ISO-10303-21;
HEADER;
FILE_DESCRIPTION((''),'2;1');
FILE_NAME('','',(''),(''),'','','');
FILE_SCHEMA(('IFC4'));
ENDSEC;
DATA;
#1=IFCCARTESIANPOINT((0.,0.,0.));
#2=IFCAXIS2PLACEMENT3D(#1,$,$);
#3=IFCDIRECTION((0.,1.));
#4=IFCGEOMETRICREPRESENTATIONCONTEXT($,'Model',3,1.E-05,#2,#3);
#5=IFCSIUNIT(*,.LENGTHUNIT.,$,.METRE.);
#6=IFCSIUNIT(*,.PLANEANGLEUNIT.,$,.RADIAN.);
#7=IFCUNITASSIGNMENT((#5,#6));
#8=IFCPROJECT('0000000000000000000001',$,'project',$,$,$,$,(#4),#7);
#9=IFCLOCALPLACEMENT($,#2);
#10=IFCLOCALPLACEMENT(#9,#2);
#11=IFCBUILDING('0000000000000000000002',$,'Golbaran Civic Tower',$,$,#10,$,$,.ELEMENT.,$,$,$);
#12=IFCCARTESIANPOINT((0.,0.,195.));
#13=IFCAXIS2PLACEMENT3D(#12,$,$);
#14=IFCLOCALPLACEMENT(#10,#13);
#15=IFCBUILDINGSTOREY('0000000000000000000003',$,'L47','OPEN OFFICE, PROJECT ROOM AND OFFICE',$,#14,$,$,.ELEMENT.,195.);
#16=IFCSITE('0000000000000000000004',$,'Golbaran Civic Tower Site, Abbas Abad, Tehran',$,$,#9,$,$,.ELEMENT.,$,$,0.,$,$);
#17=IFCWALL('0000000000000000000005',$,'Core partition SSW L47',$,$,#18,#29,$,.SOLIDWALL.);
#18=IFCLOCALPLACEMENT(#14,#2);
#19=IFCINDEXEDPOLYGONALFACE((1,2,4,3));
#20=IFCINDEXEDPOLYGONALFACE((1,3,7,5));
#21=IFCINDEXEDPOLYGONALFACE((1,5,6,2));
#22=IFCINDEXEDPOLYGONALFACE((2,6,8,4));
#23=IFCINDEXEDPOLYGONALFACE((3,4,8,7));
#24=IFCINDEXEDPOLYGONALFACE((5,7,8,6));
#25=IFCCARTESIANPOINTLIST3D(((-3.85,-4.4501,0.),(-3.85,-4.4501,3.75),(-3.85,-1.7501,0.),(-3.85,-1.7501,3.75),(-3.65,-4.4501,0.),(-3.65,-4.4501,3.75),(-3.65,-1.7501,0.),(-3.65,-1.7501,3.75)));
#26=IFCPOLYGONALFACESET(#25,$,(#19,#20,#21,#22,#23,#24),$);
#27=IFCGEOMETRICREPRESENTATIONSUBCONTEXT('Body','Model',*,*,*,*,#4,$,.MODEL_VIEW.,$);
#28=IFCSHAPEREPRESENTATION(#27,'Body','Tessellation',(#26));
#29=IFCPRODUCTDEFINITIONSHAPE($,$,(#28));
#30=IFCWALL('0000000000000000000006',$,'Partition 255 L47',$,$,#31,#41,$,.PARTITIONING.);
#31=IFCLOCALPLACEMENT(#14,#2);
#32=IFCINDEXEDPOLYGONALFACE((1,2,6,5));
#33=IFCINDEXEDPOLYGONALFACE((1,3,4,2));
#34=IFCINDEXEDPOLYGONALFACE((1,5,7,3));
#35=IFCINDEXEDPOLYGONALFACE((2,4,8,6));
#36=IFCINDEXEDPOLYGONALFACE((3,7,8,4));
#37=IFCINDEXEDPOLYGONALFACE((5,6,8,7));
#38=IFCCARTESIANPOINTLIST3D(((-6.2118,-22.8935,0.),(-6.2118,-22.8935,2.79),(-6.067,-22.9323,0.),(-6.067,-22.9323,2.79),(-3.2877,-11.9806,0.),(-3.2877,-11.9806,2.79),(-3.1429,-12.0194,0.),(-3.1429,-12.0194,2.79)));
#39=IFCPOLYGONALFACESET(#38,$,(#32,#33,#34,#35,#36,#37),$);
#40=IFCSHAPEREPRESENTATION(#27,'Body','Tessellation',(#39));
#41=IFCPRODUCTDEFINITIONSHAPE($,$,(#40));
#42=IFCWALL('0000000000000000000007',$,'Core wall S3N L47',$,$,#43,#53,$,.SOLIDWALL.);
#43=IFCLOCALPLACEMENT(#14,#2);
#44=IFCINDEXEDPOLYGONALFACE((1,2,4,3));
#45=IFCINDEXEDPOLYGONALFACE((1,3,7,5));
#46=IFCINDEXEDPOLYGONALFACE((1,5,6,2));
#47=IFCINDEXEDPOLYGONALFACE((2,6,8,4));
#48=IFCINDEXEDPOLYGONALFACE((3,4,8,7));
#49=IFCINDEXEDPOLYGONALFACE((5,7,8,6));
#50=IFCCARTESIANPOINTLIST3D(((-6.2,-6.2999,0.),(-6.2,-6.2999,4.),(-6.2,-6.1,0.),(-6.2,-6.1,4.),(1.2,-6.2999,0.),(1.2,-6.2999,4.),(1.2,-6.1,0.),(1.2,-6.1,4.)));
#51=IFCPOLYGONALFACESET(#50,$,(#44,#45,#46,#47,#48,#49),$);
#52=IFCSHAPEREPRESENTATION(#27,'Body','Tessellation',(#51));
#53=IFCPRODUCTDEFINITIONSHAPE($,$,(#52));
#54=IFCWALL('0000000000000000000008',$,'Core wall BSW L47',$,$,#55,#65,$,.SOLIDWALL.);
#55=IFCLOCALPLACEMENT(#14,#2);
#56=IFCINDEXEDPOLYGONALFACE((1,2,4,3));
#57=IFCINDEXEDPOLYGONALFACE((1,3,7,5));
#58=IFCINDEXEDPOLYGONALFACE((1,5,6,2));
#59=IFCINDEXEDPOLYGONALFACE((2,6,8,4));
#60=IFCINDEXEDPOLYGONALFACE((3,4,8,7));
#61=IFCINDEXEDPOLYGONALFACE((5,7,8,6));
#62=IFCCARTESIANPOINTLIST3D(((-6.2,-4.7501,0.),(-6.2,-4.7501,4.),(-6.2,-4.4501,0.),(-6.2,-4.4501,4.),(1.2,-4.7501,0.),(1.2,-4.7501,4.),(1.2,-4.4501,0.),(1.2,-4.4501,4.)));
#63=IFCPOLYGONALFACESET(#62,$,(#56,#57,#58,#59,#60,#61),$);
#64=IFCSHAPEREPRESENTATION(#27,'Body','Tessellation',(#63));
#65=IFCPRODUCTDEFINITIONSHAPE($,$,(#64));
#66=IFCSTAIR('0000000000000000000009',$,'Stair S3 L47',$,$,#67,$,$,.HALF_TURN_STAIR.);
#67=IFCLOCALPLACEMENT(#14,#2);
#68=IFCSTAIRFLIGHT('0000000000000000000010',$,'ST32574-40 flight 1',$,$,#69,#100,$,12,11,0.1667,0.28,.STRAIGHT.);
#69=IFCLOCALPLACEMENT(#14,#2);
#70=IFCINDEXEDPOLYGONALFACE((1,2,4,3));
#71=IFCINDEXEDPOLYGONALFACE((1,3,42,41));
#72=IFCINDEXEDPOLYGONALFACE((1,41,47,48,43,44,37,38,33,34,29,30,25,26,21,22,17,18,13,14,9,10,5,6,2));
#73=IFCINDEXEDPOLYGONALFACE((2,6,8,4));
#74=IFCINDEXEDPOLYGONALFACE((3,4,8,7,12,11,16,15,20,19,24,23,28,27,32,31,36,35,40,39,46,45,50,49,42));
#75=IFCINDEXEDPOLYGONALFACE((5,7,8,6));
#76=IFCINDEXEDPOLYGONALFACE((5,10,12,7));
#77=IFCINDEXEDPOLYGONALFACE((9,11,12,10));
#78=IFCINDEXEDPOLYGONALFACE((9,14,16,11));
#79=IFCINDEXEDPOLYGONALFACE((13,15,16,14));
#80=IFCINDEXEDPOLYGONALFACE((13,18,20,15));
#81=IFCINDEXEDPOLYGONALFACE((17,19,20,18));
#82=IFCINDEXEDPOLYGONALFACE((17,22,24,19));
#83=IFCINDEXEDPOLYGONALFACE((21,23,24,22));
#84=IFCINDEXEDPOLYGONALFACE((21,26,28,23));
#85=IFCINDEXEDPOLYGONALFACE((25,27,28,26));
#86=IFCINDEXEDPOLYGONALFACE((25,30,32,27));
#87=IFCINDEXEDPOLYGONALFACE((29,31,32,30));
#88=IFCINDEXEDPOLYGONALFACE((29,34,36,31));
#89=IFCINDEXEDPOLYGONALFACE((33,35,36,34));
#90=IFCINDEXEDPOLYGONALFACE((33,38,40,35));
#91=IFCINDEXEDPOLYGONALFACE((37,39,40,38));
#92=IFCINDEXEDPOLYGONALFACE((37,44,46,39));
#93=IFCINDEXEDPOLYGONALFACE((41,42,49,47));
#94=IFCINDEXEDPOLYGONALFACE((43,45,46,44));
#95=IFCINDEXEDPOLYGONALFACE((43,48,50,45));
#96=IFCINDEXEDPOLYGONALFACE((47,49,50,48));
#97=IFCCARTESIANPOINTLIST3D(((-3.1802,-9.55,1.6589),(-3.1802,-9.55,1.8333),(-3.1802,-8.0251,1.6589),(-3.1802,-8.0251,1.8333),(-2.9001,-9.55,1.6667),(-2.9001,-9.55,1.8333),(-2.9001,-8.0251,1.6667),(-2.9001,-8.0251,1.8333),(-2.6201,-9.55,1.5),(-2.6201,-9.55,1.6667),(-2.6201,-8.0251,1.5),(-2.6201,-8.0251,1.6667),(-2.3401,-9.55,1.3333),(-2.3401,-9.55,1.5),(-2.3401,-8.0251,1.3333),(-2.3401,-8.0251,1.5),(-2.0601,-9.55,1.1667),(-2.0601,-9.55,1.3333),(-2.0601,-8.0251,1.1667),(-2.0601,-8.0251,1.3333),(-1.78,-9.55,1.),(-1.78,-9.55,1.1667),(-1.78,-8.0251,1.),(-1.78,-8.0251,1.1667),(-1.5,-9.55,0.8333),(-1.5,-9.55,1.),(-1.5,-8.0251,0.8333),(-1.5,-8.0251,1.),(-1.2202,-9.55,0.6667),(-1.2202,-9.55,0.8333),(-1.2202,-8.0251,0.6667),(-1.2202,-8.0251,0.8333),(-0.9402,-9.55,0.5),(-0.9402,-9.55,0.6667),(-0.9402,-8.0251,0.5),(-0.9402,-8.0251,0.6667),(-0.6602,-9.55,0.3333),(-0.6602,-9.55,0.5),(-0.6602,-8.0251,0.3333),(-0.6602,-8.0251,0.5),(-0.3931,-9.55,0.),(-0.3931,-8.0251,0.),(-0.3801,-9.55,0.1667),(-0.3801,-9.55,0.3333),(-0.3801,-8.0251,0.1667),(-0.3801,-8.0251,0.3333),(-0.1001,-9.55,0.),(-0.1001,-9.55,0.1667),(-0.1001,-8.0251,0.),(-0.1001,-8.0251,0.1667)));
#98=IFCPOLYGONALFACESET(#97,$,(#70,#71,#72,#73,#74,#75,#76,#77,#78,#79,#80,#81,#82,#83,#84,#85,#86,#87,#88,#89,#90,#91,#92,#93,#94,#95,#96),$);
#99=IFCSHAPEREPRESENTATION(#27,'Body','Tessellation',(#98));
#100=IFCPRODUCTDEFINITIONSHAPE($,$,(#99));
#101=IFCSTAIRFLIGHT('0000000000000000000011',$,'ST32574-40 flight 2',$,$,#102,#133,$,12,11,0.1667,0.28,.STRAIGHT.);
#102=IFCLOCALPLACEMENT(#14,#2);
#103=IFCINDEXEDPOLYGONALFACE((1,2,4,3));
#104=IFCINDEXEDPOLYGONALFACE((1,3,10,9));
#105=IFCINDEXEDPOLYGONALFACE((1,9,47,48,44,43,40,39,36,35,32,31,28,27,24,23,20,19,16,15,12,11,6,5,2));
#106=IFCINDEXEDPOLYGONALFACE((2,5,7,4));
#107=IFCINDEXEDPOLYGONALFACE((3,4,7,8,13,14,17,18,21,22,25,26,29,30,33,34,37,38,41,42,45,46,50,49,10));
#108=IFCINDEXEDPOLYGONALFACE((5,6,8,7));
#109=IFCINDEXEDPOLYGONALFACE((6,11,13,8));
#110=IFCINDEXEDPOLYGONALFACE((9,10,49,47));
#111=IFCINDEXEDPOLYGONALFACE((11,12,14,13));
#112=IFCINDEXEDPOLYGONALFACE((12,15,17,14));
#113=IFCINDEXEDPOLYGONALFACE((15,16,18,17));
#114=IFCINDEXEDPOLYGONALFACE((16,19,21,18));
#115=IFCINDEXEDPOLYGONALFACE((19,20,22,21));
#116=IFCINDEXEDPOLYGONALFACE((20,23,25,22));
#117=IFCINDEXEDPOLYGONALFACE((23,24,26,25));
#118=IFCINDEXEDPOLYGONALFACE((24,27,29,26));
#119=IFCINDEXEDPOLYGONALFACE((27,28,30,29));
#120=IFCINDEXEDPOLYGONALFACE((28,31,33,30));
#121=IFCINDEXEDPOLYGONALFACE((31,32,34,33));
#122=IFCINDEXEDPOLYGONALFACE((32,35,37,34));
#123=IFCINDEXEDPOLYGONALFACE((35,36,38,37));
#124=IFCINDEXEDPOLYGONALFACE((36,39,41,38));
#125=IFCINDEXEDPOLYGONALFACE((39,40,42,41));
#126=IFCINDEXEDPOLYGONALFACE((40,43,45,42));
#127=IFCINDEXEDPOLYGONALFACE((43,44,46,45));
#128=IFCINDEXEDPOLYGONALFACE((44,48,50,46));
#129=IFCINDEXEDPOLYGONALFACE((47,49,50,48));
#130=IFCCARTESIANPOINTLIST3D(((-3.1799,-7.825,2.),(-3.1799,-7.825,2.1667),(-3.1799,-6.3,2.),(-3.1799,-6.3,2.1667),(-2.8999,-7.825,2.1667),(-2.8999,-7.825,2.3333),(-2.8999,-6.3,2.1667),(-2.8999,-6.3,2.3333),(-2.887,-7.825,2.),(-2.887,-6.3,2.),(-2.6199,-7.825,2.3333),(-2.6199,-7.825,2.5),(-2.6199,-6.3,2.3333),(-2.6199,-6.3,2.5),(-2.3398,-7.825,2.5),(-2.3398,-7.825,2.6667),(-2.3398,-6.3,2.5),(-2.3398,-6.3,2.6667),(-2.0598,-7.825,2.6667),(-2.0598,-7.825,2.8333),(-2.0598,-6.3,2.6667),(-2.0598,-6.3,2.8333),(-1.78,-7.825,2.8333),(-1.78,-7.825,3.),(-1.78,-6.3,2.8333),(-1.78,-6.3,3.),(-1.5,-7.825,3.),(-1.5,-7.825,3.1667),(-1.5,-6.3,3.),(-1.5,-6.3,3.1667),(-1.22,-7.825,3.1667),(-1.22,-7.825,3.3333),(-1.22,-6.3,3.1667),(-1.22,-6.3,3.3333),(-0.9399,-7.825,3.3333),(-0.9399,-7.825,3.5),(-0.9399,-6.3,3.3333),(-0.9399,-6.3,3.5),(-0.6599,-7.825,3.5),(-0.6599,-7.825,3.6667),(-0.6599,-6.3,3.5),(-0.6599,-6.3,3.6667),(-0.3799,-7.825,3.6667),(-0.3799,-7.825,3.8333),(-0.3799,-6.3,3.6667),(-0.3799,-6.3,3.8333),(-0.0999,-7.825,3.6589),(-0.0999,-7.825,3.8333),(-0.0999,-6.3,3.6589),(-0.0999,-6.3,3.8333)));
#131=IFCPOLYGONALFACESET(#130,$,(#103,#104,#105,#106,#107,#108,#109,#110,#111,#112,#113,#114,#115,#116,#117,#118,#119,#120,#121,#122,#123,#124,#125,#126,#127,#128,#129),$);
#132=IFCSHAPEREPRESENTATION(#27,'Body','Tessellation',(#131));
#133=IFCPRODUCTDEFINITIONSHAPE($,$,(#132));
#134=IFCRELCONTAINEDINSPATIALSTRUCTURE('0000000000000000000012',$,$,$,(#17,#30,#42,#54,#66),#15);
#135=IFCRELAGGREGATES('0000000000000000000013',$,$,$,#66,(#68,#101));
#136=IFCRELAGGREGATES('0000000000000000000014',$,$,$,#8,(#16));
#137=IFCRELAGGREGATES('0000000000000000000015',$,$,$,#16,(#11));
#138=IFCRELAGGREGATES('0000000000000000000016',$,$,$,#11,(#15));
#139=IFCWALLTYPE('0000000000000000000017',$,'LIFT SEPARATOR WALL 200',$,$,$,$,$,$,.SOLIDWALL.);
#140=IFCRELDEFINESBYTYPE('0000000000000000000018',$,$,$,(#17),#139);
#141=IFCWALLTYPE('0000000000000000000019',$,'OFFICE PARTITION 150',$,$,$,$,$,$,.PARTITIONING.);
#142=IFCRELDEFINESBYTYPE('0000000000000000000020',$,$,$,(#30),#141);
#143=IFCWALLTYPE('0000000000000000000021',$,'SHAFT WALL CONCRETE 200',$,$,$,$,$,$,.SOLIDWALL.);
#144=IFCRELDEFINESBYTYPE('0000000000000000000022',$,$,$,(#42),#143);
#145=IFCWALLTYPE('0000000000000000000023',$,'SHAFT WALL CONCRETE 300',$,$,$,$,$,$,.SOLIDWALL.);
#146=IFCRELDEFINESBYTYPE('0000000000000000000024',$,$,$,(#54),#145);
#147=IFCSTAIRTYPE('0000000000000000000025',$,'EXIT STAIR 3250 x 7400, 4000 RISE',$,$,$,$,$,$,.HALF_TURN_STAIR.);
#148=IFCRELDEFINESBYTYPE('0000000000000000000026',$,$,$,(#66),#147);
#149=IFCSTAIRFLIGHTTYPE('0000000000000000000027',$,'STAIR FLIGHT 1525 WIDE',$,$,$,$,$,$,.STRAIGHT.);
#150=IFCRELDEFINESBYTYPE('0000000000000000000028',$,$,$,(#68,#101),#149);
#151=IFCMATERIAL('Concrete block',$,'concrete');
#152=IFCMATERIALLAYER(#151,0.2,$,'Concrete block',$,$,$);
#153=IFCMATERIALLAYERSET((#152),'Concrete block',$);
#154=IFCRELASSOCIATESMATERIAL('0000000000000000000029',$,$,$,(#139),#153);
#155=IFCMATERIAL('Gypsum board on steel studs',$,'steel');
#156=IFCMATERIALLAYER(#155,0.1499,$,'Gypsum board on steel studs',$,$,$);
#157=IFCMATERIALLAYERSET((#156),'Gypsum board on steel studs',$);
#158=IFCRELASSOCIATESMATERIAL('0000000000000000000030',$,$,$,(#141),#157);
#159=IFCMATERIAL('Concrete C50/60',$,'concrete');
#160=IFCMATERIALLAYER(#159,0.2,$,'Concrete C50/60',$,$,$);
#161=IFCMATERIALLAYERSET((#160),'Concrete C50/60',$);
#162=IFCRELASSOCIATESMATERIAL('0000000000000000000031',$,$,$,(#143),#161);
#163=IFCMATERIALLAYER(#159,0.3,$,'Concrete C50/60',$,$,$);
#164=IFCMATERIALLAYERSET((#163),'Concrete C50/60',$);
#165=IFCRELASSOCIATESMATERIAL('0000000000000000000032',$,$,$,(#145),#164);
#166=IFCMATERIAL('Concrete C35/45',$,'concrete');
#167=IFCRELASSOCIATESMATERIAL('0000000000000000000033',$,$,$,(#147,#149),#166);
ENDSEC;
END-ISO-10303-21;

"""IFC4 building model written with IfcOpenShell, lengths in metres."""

from ifc_helpers import new_model, si_unit, direction, frame, frame_2d, origin, place, context, subcontext, project, spatial, polyline, rectangle, outline, extrude, material, layer, layer_set, type_object, element, aggregate, save


model = new_model("IFC4")

# Units and contexts
model_context = context("Model", 3, precision=1e-05, world=origin(), true_north=direction((0.0, 1.0)))
body_context = subcontext(model_context, "Body", "Model", "MODEL_VIEW")
ifc_project = project(units=[si_unit("LENGTHUNIT", "METRE"), si_unit("PLANEANGLEUNIT", "RADIAN")], contexts=[model_context])

# Site, building, storey
site_placement = place(None, origin())
site = spatial("IfcSite", under=ifc_project, at=site_placement, Name="Golbaran Civic Tower Site, Abbas Abad, Tehran", CompositionType="ELEMENT", RefElevation=0.0)
building_placement = place(site_placement, origin())
building = spatial("IfcBuilding", under=site, at=building_placement, Name="Golbaran Civic Tower", CompositionType="ELEMENT")
storey_placement = place(building_placement, frame((0.0, 0.0, 195.0)))
storey = spatial("IfcBuildingStorey", under=building, at=storey_placement, Name="L47", Description="OPEN OFFICE, PROJECT ROOM AND OFFICE", CompositionType="ELEMENT", Elevation=195.0)

# Shared definitions
ifc_material_1 = material(Name="Concrete C50/60", Category="concrete")

# Walls
ifc_material_2 = material(Name="Concrete block", Category="concrete")
ifc_layer_1 = layer(ifc_material_2, 0.2, Name="Concrete block")
ifc_layer_set_1 = layer_set([ifc_layer_1], Name="Concrete block")
wall_type_1 = type_object("IfcWallType", Name="LIFT SEPARATOR WALL 200", PredefinedType="SOLIDWALL", material=ifc_layer_set_1)
wall_1_placement = place(storey_placement, frame((-3.75, -1.75, 0.0), z_axis=(0.0, 0.0, 1.0), x_axis=(0.0, -1.0, 0.0)))
element("IfcWall", 1, at=wall_1_placement, inside=storey, type_object=wall_type_1, Name="Core partition SSW L47", PredefinedType="SOLIDWALL", context=body_context, shape_type="SweptSolid", body=[
    extrude(rectangle(XDim=2.7, YDim=0.2, at=frame_2d((1.3501, 0.0))), origin(), (0.0, 0.0, 1.0), 3.75),
])
ifc_material_3 = material(Name="Gypsum board on steel studs", Category="steel")
ifc_layer_2 = layer(ifc_material_3, 0.1499, Name="Gypsum board on steel studs")
ifc_layer_set_2 = layer_set([ifc_layer_2], Name="Gypsum board on steel studs")
wall_type_2 = type_object("IfcWallType", Name="OFFICE PARTITION 150", PredefinedType="PARTITIONING", material=ifc_layer_set_2)
wall_2_placement = place(storey_placement, frame((-3.2153, -12.0, 0.0), z_axis=(0.0, 0.0, 1.0), x_axis=(-0.258818, -0.965926, 0.0)))
element("IfcWall", 2, at=wall_2_placement, inside=storey, type_object=wall_type_2, Name="Partition 255 L47", PredefinedType="PARTITIONING", context=body_context, shape_type="SweptSolid", body=[
    extrude(rectangle(XDim=11.2979, YDim=0.1499, at=frame_2d((5.6489, 0.0))), origin(), (0.0, 0.0, 1.0), 2.79),
])
ifc_layer_3 = layer(ifc_material_1, 0.2, Name="Concrete C50/60")
ifc_layer_set_3 = layer_set([ifc_layer_3], Name="Concrete C50/60")
wall_type_3 = type_object("IfcWallType", Name="SHAFT WALL CONCRETE 200", PredefinedType="SOLIDWALL", material=ifc_layer_set_3)
wall_3_placement = place(storey_placement, frame((-6.2, -6.2, 0.0), z_axis=(0.0, 0.0, 1.0), x_axis=(1.0, 0.0, 0.0)))
element("IfcWall", 3, at=wall_3_placement, inside=storey, type_object=wall_type_3, Name="Core wall S3N L47", PredefinedType="SOLIDWALL", context=body_context, shape_type="SweptSolid", body=[
    extrude(rectangle(XDim=7.3999, YDim=0.2, at=frame_2d((3.7, 0.0))), origin(), (0.0, 0.0, 1.0), 4.0),
])
ifc_layer_4 = layer(ifc_material_1, 0.3, Name="Concrete C50/60")
ifc_layer_set_4 = layer_set([ifc_layer_4], Name="Concrete C50/60")
wall_type_4 = type_object("IfcWallType", Name="SHAFT WALL CONCRETE 300", PredefinedType="SOLIDWALL", material=ifc_layer_set_4)
wall_4_placement = place(storey_placement, frame((-6.2, -4.6001, 0.0), z_axis=(0.0, 0.0, 1.0), x_axis=(1.0, 0.0, 0.0)))
element("IfcWall", 4, at=wall_4_placement, inside=storey, type_object=wall_type_4, Name="Core wall BSW L47", PredefinedType="SOLIDWALL", context=body_context, shape_type="SweptSolid", body=[
    extrude(rectangle(XDim=7.3999, YDim=0.3, at=frame_2d((3.7, 0.0))), origin(), (0.0, 0.0, 1.0), 4.0),
])

# Stair, stair flights
ifc_material_4 = material(Name="Concrete C35/45", Category="concrete")
stair_type = type_object("IfcStairType", Name="EXIT STAIR 3250 x 7400, 4000 RISE", PredefinedType="HALF_TURN_STAIR", material=ifc_material_4)
stair_placement = place(storey_placement, origin())
stair = element("IfcStair", 5, at=stair_placement, inside=storey, type_object=stair_type, Name="Stair S3 L47", PredefinedType="HALF_TURN_STAIR")
stair_flight_type = type_object("IfcStairFlightType", Name="STAIR FLIGHT 1525 WIDE", PredefinedType="STRAIGHT", material=ifc_material_4)
stair_flight_1_placement = place(storey_placement, frame((-0.1001, -8.7876, 0.0), z_axis=(0.0, 0.0, 1.0), x_axis=(-1.0, 0.0, 0.0)))
stair_flight_1 = element("IfcStairFlight", 6, at=stair_flight_1_placement, type_object=stair_flight_type, Name="ST32574-40 flight 1", NumberOfRisers=12, NumberOfTreads=11, PredefinedType="STRAIGHT", RiserHeight=0.1667, TreadLength=0.28, context=body_context, shape_type="SweptSolid", body=[
    extrude(outline(polyline([(0.0, 0.0), (0.0, 0.1667), (0.28, 0.1667), (0.28, 0.3333), (0.5601, 0.3333), (0.5601, 0.5), (0.8401, 0.5), (0.8401, 0.6667), (1.1201, 0.6667), (1.1201, 0.8333), (1.3999, 0.8333), (1.3999, 1.0), (1.6799, 1.0), (1.6799, 1.1667), (1.96, 1.1667), (1.96, 1.3333), (2.24, 1.3333), (2.24, 1.5), (2.52, 1.5), (2.52, 1.6667), (2.8, 1.6667), (2.8, 1.8333), (3.0801, 1.8333), (3.0801, 2.0), (3.0801, 1.6589), (0.293, 0.0), (0.0, 0.0)])), frame((0.0, 0.7625, 0.0), z_axis=(0.0, -1.0, 0.0), x_axis=(1.0, 0.0, 0.0)), (0.0, 0.0, 1.0), 1.5249),
])
stair_flight_2_placement = place(storey_placement, frame((-3.1799, -7.0625, 2.0), z_axis=(0.0, 0.0, 1.0), x_axis=(1.0, 0.0, 0.0)))
stair_flight_2 = element("IfcStairFlight", 7, at=stair_flight_2_placement, type_object=stair_flight_type, Name="ST32574-40 flight 2", NumberOfRisers=12, NumberOfTreads=11, PredefinedType="STRAIGHT", RiserHeight=0.1667, TreadLength=0.28, context=body_context, shape_type="SweptSolid", body=[
    extrude(outline(polyline([(0.0, 0.0), (0.0, 0.1667), (0.28, 0.1667), (0.28, 0.3333), (0.5601, 0.3333), (0.5601, 0.5), (0.8401, 0.5), (0.8401, 0.6667), (1.1201, 0.6667), (1.1201, 0.8333), (1.3999, 0.8333), (1.3999, 1.0), (1.6799, 1.0), (1.6799, 1.1667), (1.96, 1.1667), (1.96, 1.3333), (2.24, 1.3333), (2.24, 1.5), (2.52, 1.5), (2.52, 1.6667), (2.8, 1.6667), (2.8, 1.8333), (3.0801, 1.8333), (3.0801, 2.0), (3.0801, 1.6589), (0.293, 0.0), (0.0, 0.0)])), frame((0.0, 0.7625, 0.0), z_axis=(0.0, -1.0, 0.0), x_axis=(1.0, 0.0, 0.0)), (0.0, 0.0, 1.0), 1.5249),
])
aggregate(stair, [stair_flight_1, stair_flight_2])

save(model, "model.ifc")
